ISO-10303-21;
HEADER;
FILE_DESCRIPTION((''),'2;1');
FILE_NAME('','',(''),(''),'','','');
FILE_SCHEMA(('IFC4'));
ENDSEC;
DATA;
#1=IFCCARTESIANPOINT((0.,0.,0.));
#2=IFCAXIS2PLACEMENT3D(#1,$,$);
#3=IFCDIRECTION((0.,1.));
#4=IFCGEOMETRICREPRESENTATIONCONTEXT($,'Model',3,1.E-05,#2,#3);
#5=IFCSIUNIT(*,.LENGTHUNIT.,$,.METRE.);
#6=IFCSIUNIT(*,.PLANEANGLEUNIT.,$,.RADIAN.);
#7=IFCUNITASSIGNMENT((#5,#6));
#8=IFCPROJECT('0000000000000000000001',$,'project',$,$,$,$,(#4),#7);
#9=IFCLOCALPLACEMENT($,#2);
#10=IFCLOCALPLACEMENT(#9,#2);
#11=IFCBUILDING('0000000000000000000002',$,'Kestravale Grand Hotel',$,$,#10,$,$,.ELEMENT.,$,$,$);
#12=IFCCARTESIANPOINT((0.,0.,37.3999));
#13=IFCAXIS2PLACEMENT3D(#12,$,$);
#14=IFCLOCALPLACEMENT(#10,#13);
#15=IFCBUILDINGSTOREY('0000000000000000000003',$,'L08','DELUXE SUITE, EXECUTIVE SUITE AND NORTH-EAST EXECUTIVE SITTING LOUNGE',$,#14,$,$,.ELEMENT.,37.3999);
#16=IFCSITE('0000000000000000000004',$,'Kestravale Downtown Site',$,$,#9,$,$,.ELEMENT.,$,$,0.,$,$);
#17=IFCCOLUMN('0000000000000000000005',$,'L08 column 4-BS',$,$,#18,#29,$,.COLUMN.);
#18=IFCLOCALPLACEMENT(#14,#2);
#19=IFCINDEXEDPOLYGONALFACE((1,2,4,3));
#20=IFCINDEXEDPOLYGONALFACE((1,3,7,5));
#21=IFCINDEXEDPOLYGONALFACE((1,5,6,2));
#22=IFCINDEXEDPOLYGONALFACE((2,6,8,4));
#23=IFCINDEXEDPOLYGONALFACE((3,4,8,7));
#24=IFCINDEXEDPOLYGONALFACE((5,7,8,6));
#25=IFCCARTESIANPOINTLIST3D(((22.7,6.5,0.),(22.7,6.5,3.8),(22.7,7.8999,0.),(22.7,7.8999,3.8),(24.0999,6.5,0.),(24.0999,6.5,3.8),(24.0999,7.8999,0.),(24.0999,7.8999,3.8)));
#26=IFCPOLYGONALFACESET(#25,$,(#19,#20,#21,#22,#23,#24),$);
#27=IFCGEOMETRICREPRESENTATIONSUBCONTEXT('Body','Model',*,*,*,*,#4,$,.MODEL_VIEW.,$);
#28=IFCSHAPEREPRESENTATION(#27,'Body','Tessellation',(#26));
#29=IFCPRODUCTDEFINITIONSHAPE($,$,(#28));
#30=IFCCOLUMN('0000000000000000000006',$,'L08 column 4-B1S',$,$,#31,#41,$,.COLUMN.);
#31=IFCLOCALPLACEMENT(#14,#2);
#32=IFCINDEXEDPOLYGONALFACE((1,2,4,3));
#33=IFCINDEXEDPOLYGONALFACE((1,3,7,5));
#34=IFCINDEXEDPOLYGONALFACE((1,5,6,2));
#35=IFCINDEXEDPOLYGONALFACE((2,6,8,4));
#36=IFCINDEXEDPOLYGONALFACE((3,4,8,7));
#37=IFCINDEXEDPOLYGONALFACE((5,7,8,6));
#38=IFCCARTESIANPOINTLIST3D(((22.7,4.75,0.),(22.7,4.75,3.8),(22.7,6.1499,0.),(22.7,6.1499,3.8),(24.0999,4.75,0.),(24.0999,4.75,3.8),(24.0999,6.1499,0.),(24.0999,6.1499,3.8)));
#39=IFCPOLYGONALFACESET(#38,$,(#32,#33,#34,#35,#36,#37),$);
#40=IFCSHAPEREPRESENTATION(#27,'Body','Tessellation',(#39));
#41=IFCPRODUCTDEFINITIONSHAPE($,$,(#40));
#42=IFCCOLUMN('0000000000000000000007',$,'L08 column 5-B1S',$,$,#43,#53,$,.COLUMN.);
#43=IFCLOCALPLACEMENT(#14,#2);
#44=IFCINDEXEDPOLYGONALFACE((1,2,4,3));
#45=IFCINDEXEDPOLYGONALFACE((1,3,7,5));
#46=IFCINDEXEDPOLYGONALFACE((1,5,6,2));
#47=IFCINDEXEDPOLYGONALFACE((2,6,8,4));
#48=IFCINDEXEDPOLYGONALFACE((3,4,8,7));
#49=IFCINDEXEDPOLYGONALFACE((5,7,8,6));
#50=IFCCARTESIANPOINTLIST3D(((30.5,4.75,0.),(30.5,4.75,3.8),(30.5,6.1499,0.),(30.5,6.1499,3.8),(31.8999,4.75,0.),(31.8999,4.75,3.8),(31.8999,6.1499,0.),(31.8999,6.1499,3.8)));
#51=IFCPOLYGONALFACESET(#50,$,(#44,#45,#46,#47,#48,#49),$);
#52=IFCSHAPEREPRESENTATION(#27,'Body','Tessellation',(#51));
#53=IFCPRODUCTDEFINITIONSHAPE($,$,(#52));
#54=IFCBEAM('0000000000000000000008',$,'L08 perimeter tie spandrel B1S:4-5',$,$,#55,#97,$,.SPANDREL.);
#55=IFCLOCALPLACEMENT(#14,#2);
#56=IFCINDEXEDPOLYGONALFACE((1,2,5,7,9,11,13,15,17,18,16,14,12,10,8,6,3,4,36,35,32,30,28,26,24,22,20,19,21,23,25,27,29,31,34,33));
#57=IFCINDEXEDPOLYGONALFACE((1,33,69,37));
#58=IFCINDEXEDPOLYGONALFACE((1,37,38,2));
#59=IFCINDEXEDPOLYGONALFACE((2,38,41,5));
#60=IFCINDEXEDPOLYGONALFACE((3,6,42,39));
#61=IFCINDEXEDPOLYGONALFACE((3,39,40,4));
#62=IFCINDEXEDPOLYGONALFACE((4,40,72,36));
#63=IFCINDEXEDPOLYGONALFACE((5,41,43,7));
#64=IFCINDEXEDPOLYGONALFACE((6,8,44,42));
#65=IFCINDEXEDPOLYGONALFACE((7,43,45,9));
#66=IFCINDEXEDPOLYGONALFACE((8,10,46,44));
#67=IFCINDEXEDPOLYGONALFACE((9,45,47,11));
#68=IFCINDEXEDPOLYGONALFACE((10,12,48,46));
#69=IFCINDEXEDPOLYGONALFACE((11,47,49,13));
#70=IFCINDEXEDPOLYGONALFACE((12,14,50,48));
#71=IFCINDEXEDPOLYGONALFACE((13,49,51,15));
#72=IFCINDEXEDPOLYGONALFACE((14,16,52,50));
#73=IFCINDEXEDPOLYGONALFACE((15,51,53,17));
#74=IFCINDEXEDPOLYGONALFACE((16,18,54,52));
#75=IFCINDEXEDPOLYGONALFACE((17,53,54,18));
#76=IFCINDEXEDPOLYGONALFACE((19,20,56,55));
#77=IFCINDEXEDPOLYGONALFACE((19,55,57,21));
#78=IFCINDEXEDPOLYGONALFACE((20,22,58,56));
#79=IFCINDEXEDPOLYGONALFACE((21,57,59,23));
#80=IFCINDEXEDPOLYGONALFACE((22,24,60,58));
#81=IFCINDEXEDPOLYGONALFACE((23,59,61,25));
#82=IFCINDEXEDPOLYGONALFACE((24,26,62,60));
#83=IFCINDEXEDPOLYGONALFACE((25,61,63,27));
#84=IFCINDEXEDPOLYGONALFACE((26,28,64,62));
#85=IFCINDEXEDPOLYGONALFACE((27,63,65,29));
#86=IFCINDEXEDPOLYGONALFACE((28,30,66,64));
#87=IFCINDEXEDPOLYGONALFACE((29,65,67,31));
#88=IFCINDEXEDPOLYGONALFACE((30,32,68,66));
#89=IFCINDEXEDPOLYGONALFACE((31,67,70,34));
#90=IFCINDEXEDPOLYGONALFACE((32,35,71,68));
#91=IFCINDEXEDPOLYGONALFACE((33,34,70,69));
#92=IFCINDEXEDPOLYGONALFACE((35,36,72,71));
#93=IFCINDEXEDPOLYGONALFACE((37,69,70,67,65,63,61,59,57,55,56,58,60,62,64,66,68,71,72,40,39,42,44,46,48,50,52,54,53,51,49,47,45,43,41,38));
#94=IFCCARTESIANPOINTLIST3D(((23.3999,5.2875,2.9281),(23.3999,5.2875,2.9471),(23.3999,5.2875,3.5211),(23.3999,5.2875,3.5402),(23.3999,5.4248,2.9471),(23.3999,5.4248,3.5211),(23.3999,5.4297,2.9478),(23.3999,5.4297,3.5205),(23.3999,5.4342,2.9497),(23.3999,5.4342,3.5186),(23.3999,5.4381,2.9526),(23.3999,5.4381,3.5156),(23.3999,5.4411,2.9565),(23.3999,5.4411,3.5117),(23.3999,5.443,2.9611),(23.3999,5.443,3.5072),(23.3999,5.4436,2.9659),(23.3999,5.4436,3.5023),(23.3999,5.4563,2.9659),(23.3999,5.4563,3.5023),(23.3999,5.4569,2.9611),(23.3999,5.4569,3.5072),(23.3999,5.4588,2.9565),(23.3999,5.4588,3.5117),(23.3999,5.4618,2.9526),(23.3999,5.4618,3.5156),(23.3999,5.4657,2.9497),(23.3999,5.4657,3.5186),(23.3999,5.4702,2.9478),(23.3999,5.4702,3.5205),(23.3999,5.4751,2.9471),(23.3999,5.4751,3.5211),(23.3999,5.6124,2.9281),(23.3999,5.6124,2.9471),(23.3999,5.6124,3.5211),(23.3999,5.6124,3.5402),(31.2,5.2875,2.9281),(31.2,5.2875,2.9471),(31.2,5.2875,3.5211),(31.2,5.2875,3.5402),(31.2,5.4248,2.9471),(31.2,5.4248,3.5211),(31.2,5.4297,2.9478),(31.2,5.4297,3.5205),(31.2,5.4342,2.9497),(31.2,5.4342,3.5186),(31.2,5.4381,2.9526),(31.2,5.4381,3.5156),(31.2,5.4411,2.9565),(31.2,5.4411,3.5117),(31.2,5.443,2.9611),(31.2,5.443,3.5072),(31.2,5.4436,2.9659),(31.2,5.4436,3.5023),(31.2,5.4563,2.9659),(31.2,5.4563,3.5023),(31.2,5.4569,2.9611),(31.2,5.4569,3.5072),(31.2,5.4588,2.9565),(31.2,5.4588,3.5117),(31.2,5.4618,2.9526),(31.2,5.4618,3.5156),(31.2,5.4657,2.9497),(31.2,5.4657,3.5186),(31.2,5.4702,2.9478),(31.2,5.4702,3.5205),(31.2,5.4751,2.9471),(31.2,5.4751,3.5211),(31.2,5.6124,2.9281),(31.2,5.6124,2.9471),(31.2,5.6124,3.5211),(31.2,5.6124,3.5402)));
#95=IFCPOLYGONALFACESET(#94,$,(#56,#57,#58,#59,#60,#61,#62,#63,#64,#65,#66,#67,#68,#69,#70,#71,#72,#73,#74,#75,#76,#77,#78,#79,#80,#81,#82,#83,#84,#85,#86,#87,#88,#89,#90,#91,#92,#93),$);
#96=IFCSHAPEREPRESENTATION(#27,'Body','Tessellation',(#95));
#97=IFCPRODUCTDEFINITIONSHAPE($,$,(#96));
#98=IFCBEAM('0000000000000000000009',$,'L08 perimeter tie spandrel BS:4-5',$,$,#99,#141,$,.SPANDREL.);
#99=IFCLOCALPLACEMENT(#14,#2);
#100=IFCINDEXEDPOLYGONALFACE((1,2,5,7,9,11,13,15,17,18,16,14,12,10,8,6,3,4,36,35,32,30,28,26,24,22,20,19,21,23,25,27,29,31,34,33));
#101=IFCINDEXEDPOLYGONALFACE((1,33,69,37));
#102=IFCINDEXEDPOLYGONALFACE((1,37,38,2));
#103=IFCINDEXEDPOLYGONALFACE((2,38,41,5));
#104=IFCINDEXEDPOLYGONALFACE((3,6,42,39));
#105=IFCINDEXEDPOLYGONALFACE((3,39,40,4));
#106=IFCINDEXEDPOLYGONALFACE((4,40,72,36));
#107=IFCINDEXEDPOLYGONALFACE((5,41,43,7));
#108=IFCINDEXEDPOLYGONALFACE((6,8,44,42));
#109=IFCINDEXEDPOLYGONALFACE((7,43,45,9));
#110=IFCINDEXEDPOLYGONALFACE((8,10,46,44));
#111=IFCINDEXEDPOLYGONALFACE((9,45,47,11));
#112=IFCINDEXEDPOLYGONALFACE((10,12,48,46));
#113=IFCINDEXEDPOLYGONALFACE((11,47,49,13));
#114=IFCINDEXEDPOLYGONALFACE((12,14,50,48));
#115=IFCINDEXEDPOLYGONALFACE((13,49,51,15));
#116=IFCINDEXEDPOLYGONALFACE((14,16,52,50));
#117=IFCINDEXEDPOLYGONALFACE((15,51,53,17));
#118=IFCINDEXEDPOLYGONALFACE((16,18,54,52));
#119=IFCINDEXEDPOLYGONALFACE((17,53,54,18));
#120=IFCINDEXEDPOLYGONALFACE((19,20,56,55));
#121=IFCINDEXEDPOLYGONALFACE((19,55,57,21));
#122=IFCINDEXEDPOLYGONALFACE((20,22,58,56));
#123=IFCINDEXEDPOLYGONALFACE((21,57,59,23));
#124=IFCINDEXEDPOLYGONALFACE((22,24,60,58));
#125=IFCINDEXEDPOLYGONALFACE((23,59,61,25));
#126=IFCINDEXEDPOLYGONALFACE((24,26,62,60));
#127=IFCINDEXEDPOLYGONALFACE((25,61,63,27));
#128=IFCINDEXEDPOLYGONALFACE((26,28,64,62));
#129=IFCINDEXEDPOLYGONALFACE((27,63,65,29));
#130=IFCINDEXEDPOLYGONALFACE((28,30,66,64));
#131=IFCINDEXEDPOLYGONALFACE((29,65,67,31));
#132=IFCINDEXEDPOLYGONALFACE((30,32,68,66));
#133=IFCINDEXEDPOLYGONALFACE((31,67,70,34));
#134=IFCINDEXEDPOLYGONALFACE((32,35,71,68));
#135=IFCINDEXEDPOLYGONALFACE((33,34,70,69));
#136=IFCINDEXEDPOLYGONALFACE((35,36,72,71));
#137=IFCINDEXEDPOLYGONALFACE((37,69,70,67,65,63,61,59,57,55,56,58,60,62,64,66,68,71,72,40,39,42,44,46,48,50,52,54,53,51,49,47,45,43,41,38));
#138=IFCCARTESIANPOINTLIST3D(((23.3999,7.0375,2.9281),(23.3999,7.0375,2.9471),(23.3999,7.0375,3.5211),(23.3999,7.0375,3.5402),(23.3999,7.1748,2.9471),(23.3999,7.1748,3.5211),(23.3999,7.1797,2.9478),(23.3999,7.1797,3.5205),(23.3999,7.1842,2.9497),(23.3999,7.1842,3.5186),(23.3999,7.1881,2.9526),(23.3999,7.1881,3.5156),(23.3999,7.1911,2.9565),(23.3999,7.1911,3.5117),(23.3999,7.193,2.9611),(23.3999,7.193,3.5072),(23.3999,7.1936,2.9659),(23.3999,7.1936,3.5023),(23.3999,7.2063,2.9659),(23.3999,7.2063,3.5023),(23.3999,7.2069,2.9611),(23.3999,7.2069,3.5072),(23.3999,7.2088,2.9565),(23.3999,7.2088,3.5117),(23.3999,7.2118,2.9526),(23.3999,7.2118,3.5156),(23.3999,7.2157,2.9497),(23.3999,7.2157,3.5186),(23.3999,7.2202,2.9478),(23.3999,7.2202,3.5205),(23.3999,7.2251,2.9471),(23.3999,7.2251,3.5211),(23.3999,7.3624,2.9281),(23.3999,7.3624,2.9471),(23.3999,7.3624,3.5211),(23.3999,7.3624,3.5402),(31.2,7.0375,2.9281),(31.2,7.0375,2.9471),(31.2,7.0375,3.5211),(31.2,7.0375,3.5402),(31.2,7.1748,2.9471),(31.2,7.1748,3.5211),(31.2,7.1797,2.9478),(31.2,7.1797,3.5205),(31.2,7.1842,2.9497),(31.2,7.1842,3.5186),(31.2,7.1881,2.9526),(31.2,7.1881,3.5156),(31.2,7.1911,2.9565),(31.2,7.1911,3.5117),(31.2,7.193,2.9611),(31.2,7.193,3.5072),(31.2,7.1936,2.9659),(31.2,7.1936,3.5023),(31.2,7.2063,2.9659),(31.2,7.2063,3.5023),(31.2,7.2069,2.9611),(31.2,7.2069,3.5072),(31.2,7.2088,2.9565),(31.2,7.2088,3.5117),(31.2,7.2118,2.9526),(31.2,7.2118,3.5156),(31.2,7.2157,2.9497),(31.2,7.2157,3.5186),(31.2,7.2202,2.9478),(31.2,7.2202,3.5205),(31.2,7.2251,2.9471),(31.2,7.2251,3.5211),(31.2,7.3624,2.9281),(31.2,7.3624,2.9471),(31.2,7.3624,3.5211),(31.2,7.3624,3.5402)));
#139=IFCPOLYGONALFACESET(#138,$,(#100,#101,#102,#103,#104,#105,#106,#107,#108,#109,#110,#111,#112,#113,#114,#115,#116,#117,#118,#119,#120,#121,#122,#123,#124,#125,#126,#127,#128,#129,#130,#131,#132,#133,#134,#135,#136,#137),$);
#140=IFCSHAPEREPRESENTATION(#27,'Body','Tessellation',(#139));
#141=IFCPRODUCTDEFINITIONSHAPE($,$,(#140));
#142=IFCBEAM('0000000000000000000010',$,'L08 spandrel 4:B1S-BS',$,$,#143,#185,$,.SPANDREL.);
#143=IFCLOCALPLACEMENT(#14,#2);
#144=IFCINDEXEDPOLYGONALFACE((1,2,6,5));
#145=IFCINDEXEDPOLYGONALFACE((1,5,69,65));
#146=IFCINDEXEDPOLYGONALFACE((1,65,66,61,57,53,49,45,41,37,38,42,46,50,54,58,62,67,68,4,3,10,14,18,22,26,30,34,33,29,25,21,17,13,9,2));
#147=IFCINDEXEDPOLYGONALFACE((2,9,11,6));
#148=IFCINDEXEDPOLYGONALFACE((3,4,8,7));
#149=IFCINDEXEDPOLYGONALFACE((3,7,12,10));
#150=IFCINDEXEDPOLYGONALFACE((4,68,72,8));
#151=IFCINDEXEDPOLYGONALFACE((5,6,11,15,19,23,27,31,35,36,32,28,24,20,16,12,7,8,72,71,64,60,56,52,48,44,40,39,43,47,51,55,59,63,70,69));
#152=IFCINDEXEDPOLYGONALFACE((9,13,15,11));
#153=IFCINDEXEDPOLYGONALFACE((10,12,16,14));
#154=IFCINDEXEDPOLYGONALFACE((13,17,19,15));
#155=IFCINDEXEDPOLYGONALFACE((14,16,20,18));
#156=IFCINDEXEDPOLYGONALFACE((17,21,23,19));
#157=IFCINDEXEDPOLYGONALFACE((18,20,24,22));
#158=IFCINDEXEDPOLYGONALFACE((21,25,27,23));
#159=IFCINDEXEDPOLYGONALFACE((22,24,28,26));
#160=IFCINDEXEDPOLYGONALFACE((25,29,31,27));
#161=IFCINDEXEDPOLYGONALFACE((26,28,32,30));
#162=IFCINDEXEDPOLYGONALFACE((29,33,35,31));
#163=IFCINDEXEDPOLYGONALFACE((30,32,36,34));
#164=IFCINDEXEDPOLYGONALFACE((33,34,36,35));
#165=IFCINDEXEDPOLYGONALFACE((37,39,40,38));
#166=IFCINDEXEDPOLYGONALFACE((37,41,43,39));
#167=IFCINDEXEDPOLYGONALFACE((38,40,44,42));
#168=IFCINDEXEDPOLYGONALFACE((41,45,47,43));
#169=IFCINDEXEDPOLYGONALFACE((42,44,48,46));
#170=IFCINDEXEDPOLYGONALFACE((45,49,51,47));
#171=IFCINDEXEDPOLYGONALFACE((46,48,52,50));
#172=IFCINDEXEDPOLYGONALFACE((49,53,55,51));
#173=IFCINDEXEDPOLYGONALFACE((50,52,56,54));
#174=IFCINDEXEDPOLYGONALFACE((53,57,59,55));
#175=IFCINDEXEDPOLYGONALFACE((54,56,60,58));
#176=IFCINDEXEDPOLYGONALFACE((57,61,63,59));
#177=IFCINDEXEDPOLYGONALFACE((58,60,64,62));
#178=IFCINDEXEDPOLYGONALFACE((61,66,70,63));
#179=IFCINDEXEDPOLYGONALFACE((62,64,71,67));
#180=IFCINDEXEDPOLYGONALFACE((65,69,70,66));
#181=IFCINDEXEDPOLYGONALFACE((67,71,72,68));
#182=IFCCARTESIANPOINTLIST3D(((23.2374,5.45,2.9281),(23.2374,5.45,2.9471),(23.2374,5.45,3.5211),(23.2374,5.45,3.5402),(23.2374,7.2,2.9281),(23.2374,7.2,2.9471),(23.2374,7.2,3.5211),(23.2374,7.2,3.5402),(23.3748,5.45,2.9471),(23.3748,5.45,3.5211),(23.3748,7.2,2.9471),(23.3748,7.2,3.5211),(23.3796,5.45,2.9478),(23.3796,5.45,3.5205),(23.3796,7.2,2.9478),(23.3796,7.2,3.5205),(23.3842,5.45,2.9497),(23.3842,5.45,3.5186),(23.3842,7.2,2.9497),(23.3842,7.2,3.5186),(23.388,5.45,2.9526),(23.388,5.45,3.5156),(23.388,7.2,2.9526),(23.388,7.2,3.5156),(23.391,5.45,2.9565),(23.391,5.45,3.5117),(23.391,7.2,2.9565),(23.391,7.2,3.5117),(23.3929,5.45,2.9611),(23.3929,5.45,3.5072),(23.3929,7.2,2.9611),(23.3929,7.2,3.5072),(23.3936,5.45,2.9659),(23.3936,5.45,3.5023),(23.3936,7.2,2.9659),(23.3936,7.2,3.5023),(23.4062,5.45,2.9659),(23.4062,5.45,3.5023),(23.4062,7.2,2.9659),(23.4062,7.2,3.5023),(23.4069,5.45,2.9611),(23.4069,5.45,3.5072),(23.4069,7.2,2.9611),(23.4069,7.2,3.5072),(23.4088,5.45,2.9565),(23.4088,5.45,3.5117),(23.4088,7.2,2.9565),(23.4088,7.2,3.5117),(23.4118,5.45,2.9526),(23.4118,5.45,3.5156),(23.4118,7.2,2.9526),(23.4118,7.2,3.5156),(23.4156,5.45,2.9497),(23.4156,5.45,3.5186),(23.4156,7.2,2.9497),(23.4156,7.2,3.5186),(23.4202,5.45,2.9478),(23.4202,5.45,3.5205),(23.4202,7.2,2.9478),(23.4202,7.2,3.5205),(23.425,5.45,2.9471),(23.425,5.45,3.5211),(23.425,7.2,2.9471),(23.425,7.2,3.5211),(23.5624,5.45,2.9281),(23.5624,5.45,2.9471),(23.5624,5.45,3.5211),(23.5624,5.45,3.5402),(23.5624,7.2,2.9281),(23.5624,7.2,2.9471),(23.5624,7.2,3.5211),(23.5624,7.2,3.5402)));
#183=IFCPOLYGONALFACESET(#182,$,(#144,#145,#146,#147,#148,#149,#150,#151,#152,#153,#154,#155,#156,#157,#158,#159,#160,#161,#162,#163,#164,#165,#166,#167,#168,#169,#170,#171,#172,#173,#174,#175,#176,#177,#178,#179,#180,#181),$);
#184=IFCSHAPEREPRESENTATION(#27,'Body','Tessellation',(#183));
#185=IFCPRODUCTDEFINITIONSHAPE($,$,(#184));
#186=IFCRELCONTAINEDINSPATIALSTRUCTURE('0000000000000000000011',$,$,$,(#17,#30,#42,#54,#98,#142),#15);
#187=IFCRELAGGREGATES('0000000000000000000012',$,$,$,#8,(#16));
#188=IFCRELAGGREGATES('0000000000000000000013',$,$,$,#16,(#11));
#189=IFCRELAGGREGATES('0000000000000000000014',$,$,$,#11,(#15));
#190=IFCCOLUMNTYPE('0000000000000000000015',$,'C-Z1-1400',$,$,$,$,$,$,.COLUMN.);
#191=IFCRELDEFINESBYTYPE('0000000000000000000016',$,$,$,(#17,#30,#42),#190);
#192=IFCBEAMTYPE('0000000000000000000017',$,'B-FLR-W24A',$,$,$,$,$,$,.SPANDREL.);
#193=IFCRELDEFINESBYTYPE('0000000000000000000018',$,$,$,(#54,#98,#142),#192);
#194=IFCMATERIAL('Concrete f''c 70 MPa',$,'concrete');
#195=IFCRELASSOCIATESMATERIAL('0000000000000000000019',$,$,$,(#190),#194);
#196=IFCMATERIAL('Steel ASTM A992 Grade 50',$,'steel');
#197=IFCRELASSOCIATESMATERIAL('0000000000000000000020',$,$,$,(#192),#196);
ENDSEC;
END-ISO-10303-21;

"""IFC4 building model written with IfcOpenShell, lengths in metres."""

from ifc_helpers import new_model, si_unit, direction, frame, origin, origin_2d, place, context, subcontext, project, spatial, rectangle, i_section, extrude, material, material_profile, profile_set, type_object, element, save


model = new_model("IFC4")

# Units and contexts
model_context = context("Model", 3, precision=1e-05, world=origin(), true_north=direction((0.0, 1.0)))
body_context = subcontext(model_context, "Body", "Model", "MODEL_VIEW")
ifc_project = project(units=[si_unit("LENGTHUNIT", "METRE"), si_unit("PLANEANGLEUNIT", "RADIAN")], contexts=[model_context])

# Site, building, storey
site_placement = place(None, origin())
site = spatial("IfcSite", under=ifc_project, at=site_placement, Name="Kestravale Downtown Site", CompositionType="ELEMENT", RefElevation=0.0)
building_placement = place(site_placement, origin())
building = spatial("IfcBuilding", under=site, at=building_placement, Name="Kestravale Grand Hotel", CompositionType="ELEMENT")
storey_placement = place(building_placement, frame((0.0, 0.0, 37.3999)))
storey = spatial("IfcBuildingStorey", under=building, at=storey_placement, Name="L08", Description="DELUXE SUITE, EXECUTIVE SUITE AND NORTH-EAST EXECUTIVE SITTING LOUNGE", CompositionType="ELEMENT", Elevation=37.3999)

# Columns
ifc_material_1 = material(Name="Concrete f'c 70 MPa", Category="concrete")
ifc_material_profile_1 = material_profile(ifc_material_1, rectangle(XDim=1.3999, YDim=1.3999, at=origin_2d()))
ifc_profile_set_1 = profile_set([ifc_material_profile_1], Name="Concrete f'c 70 MPa")
column_type = type_object("IfcColumnType", Name="C-Z1-1400", PredefinedType="COLUMN", material=ifc_profile_set_1)
for number, where, z_axis, x_axis, name in (
    (1, (23.3999, 7.2, 0.0), (0.0, 0.0, 1.0), (1.0, 0.0, 0.0), "L08 column 4-BS"),
    (2, (23.3999, 5.45, 0.0), (0.0, 0.0, 1.0), (1.0, 0.0, 0.0), "L08 column 4-B1S"),
    (3, (31.2, 5.45, 0.0), (0.0, 0.0, 1.0), (1.0, 0.0, 0.0), "L08 column 5-B1S"),
):
    element("IfcColumn", number, at=place(storey_placement, frame(where, z_axis=z_axis, x_axis=x_axis)), inside=storey, type_object=column_type, Name=name, PredefinedType="COLUMN", context=body_context, shape_type="SweptSolid", body=[
        extrude(rectangle(XDim=1.3999, YDim=1.3999, at=origin_2d()), origin(), (0.0, 0.0, 1.0), 3.8),
    ])

# Beams
ifc_material_2 = material(Name="Steel ASTM A992 Grade 50", Category="steel")
ifc_material_profile_2 = material_profile(ifc_material_2, i_section(OverallWidth=0.325, OverallDepth=0.6121, WebThickness=0.0127, FlangeThickness=0.019, FilletRadius=0.0188, at=origin_2d()))
ifc_profile_set_2 = profile_set([ifc_material_profile_2], Name="Steel ASTM A992 Grade 50")
beam_type_1 = type_object("IfcBeamType", Name="B-FLR-W24A", PredefinedType="SPANDREL", material=ifc_profile_set_2)
for number, where, z_axis, x_axis, name in (
    (4, (23.3999, 5.45, 3.2341), (1.0, 0.0, 0.0), (0.0, 1.0, 0.0), "L08 perimeter tie spandrel B1S:4-5"),
    (5, (23.3999, 7.2, 3.2341), (1.0, 0.0, 0.0), (0.0, 1.0, 0.0), "L08 perimeter tie spandrel BS:4-5"),
):
    element("IfcBeam", number, at=place(storey_placement, frame(where, z_axis=z_axis, x_axis=x_axis)), inside=storey, type_object=beam_type_1, Name=name, PredefinedType="SPANDREL", context=body_context, shape_type="SweptSolid", body=[
        extrude(i_section(OverallWidth=0.325, OverallDepth=0.6121, WebThickness=0.0127, FlangeThickness=0.019, FilletRadius=0.0188, at=origin_2d()), origin(), (0.0, 0.0, 1.0), 7.8),
    ])
for number, where, z_axis, x_axis, name in (
    (6, (23.3999, 5.45, 3.2341), (0.0, 1.0, 0.0), (-1.0, 0.0, 0.0), "L08 spandrel 4:B1S-BS"),
):
    element("IfcBeam", number, at=place(storey_placement, frame(where, z_axis=z_axis, x_axis=x_axis)), inside=storey, type_object=beam_type_1, Name=name, PredefinedType="SPANDREL", context=body_context, shape_type="SweptSolid", body=[
        extrude(i_section(OverallWidth=0.325, OverallDepth=0.6121, WebThickness=0.0127, FlangeThickness=0.019, FilletRadius=0.0188, at=origin_2d()), origin(), (0.0, 0.0, 1.0), 1.75),
    ])

save(model, "model.ifc")
